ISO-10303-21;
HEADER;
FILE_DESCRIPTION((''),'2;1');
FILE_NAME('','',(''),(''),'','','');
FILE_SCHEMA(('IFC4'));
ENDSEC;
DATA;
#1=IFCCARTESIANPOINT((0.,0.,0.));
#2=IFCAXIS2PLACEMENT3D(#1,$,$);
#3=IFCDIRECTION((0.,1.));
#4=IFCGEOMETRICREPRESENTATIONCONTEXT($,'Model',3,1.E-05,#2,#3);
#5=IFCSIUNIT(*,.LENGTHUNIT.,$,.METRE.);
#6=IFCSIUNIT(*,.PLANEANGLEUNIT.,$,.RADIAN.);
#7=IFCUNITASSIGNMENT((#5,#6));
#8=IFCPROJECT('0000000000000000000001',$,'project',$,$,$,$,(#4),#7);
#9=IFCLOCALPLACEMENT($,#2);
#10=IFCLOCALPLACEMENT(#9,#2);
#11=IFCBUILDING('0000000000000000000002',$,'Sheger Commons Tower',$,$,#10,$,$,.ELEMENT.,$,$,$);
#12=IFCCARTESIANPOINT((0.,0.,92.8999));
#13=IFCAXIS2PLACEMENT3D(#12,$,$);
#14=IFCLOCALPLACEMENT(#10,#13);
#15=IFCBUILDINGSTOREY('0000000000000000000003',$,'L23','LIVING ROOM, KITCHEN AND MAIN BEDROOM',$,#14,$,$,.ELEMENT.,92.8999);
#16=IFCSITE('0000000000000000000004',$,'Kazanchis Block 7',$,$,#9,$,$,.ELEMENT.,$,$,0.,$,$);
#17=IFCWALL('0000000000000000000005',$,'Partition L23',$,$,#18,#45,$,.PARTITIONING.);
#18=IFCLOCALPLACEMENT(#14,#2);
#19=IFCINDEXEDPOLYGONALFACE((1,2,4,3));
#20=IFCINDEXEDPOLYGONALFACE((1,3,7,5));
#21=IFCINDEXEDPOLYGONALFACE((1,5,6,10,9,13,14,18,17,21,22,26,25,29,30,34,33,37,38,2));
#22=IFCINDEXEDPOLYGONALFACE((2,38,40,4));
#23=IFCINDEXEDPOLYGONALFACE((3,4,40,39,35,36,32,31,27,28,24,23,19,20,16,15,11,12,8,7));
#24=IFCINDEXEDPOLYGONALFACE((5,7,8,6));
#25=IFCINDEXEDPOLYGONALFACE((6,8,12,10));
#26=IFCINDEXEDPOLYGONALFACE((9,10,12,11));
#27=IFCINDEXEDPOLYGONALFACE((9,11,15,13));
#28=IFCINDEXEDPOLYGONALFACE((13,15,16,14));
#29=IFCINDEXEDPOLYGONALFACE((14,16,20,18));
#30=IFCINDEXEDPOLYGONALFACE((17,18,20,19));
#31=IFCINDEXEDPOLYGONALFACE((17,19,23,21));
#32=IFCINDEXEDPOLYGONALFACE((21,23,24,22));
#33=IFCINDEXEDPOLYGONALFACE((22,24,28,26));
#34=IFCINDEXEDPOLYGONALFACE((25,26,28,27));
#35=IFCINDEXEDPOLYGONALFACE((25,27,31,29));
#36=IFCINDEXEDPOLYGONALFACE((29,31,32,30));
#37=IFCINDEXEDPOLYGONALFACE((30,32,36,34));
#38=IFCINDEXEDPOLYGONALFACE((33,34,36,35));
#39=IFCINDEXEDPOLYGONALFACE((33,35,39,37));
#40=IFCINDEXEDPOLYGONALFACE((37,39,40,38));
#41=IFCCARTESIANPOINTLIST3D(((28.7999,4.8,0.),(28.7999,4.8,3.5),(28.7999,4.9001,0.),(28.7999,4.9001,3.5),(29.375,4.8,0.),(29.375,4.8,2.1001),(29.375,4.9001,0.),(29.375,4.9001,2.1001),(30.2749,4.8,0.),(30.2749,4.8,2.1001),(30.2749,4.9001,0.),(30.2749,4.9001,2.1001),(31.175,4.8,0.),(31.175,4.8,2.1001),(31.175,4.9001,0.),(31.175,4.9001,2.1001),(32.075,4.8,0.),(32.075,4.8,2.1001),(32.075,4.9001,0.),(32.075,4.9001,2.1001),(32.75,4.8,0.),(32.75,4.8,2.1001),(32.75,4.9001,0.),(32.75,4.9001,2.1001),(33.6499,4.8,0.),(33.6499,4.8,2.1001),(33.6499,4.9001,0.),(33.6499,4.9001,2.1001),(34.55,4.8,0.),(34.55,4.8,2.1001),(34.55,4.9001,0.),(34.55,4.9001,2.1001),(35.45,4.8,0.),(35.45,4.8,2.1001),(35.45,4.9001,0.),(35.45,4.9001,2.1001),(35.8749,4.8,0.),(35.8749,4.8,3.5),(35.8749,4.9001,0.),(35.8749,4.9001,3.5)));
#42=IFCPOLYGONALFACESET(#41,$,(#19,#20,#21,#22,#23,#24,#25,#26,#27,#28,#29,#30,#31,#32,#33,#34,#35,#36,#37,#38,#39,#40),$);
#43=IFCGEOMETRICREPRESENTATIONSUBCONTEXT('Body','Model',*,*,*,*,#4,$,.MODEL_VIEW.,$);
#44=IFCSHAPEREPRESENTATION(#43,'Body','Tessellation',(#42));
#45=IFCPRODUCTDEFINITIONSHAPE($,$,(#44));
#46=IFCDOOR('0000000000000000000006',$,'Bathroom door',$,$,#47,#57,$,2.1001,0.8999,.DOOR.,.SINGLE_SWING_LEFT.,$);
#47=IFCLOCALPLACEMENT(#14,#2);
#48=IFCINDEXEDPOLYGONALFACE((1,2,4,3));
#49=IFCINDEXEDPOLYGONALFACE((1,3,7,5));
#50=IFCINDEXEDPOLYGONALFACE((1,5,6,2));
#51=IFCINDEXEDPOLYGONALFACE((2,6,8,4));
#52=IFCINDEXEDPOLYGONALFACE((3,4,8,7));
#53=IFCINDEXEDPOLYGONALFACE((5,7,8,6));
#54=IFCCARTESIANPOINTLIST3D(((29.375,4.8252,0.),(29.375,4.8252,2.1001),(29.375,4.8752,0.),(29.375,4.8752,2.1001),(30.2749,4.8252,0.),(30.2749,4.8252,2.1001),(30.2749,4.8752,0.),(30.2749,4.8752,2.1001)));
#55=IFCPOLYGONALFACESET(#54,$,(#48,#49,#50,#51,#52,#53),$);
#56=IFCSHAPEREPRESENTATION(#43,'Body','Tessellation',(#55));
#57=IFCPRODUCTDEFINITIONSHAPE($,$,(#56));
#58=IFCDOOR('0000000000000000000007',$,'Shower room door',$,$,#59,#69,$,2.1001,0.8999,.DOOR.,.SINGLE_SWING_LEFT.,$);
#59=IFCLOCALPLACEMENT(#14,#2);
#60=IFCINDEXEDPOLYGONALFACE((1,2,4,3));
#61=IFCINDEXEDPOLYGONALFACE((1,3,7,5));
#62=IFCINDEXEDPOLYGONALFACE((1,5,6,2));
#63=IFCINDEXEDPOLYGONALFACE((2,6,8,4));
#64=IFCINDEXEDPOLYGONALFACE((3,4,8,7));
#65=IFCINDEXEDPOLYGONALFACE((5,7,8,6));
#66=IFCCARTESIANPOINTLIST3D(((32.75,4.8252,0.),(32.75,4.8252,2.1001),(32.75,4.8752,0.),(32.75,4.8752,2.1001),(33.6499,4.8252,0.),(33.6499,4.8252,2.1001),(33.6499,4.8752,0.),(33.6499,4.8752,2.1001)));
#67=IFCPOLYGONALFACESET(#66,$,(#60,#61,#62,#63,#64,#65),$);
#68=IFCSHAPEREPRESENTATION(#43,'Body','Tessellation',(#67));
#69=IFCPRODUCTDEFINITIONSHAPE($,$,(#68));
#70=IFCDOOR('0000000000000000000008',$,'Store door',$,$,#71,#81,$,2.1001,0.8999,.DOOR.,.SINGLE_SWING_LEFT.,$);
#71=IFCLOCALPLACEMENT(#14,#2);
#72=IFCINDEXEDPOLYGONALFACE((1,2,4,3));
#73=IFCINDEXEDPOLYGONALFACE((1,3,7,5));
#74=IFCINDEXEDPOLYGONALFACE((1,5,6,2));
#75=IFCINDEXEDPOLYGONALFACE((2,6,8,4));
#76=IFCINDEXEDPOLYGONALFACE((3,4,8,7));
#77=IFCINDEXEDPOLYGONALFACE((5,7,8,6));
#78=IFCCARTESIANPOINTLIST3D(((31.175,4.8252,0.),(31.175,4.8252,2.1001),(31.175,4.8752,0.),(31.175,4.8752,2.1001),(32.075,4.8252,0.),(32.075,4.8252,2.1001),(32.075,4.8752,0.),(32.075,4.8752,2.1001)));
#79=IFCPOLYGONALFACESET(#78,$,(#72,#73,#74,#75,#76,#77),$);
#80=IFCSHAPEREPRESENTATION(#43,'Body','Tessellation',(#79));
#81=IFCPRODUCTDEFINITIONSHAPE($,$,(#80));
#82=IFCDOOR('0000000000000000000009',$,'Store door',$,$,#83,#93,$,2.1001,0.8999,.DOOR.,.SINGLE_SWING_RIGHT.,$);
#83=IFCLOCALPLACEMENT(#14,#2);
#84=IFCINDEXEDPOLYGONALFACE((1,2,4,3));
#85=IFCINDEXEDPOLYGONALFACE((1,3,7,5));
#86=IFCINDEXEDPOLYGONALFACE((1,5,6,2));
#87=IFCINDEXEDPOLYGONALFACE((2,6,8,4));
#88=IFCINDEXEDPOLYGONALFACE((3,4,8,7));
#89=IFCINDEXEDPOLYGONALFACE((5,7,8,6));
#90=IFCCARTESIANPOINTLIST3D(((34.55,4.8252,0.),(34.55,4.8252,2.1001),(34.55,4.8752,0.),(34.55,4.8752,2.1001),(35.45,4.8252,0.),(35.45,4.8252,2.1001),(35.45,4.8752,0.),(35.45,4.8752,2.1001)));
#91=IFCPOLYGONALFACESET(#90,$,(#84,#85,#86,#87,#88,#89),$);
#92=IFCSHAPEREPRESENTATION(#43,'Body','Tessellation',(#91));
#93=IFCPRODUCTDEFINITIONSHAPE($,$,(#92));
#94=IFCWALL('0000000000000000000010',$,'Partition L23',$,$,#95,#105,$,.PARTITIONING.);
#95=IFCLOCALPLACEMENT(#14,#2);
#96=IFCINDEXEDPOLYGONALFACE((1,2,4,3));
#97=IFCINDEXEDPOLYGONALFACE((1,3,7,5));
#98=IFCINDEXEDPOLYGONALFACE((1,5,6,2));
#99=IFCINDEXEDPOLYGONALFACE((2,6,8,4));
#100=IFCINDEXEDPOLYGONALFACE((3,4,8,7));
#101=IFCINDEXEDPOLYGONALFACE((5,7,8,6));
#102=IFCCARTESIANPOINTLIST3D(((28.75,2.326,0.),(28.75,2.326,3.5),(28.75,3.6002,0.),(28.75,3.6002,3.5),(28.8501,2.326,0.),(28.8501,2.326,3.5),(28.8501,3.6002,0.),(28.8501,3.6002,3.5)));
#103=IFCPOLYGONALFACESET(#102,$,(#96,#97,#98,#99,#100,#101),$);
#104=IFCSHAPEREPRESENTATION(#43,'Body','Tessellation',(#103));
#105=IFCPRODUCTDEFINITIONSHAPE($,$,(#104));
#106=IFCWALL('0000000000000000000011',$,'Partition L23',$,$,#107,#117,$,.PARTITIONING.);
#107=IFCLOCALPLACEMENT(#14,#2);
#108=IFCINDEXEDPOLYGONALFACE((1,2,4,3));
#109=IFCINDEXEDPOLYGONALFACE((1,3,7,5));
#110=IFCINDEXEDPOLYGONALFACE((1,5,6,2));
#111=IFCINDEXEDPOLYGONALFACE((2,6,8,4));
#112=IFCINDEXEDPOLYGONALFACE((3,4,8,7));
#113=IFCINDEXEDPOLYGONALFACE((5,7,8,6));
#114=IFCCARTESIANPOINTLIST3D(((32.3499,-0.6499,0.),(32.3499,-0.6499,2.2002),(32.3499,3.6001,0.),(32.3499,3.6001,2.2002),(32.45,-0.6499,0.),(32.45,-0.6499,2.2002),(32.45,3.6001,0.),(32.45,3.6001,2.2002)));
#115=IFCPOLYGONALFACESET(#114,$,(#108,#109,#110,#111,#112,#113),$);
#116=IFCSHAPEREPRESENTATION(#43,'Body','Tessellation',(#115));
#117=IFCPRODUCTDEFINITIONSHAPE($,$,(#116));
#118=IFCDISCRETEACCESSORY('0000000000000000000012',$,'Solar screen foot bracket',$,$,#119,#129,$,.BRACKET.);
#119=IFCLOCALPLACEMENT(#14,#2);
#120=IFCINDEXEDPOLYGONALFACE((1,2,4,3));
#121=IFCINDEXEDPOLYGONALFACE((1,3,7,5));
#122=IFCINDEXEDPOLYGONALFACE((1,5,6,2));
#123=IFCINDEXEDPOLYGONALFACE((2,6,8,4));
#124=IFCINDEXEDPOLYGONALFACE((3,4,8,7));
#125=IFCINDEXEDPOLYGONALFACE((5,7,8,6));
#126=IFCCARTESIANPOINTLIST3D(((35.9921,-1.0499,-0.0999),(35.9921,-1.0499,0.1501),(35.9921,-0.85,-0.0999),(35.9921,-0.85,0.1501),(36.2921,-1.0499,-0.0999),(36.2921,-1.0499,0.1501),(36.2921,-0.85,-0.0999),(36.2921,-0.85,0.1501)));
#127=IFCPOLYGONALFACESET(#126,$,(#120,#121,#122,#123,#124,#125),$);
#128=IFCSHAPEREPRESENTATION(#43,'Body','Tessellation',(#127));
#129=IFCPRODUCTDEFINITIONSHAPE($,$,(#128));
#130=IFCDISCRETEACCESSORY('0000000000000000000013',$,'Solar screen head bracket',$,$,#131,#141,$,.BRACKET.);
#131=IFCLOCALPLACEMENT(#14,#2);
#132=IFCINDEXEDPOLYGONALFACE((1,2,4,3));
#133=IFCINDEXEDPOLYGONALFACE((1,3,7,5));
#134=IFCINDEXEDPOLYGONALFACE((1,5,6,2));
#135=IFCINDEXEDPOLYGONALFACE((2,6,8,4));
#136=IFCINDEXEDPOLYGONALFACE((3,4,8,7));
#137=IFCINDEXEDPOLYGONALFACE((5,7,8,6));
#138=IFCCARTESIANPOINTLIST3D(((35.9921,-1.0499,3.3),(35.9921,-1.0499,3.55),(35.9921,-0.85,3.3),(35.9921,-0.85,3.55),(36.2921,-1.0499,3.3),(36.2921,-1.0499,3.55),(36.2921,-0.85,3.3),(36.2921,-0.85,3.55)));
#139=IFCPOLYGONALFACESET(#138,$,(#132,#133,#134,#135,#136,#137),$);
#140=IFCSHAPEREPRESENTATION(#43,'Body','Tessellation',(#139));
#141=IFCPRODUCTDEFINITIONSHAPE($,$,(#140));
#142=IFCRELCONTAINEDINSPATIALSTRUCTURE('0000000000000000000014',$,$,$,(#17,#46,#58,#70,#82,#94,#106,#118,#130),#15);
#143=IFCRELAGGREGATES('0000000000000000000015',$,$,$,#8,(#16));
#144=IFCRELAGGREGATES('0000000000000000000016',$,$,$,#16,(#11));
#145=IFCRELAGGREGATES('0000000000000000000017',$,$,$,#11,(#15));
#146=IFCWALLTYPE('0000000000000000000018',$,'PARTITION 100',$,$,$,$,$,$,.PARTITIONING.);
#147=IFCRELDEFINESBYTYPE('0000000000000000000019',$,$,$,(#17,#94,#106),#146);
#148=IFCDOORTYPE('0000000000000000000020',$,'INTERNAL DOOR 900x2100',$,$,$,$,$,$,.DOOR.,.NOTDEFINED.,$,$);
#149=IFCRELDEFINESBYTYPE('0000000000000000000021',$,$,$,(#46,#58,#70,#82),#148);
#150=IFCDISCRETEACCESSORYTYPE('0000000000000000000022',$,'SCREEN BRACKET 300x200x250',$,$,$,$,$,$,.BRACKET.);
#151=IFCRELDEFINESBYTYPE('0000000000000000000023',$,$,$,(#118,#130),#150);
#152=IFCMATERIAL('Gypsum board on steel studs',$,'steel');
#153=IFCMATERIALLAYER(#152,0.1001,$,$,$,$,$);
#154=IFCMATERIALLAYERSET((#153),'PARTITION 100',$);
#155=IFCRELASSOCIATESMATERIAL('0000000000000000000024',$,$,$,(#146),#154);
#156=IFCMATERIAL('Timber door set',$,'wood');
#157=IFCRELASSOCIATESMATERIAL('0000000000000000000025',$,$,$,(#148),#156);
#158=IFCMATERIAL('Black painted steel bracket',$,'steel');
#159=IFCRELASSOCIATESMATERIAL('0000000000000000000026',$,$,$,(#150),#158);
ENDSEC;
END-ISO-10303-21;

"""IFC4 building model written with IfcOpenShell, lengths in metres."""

from ifc_helpers import new_model, si_unit, direction, frame, frame_2d, origin, origin_2d, place, context, subcontext, project, spatial, rectangle, extrude, material, layer, layer_set, type_object, element, fill, save


model = new_model("IFC4")

# Units and contexts
model_context = context("Model", 3, precision=1e-05, world=origin(), true_north=direction((0.0, 1.0)))
body_context = subcontext(model_context, "Body", "Model", "MODEL_VIEW")
ifc_project = project(units=[si_unit("LENGTHUNIT", "METRE"), si_unit("PLANEANGLEUNIT", "RADIAN")], contexts=[model_context])

# Site, building, storey
site_placement = place(None, origin())
site = spatial("IfcSite", under=ifc_project, at=site_placement, Name="Kazanchis Block 7", CompositionType="ELEMENT", RefElevation=0.0)
building_placement = place(site_placement, origin())
building = spatial("IfcBuilding", under=site, at=building_placement, Name="Sheger Commons Tower", CompositionType="ELEMENT")
storey_placement = place(building_placement, frame((0.0, 0.0, 92.8999)))
storey = spatial("IfcBuildingStorey", under=building, at=storey_placement, Name="L23", Description="LIVING ROOM, KITCHEN AND MAIN BEDROOM", CompositionType="ELEMENT", Elevation=92.8999)

# Wall, openings, doors
ifc_material_1 = material(Name="Gypsum board on steel studs", Category="steel")
ifc_layer_1 = layer(ifc_material_1, 0.1001)
ifc_layer_set_1 = layer_set([ifc_layer_1], Name="PARTITION 100")
wall_type_1 = type_object("IfcWallType", Name="PARTITION 100", PredefinedType="PARTITIONING", material=ifc_layer_set_1)
ifc_material_2 = material(Name="Timber door set", Category="wood")
door_type = type_object("IfcDoorType", Name="INTERNAL DOOR 900x2100", OperationType="NOTDEFINED", PredefinedType="DOOR", material=ifc_material_2)
wall_1_placement = place(storey_placement, frame((35.875, 4.8501, 0.0), z_axis=(0.0, 0.0, 1.0), x_axis=(-1.0, 0.0, 0.0)))
wall_1 = element("IfcWall", 1, at=wall_1_placement, inside=storey, type_object=wall_type_1, Name="Partition L23", PredefinedType="PARTITIONING", context=body_context, shape_type="SweptSolid", body=[
    extrude(rectangle(XDim=7.075, YDim=0.1001, at=frame_2d((3.5376, 0.0))), origin(), (0.0, 0.0, 1.0), 3.5),
])
opening_1_placement = place(wall_1_placement, frame((5.6001, 0.0, 0.0)))
opening_1 = element("IfcOpeningElement", 2, at=opening_1_placement, cuts=wall_1, PredefinedType="OPENING", context=body_context, shape_type="SweptSolid", body=[
    extrude(rectangle(XDim=0.8999, YDim=2.1001, at=frame_2d((0.45, 1.05))), frame((0.0, 0.0601, 0.0), z_axis=(0.0, -1.0, 0.0), x_axis=(1.0, 0.0, 0.0)), (0.0, 0.0, 1.0), 0.1201),
])
opening_2_placement = place(wall_1_placement, frame((2.2251, 0.0, 0.0)))
opening_2 = element("IfcOpeningElement", 3, at=opening_2_placement, cuts=wall_1, PredefinedType="OPENING", context=body_context, shape_type="SweptSolid", body=[
    extrude(rectangle(XDim=0.8999, YDim=2.1001, at=frame_2d((0.45, 1.05))), frame((0.0, 0.0601, 0.0), z_axis=(0.0, -1.0, 0.0), x_axis=(1.0, 0.0, 0.0)), (0.0, 0.0, 1.0), 0.1201),
])
opening_3_placement = place(wall_1_placement, frame((3.8, 0.0, 0.0)))
opening_3 = element("IfcOpeningElement", 4, at=opening_3_placement, cuts=wall_1, PredefinedType="OPENING", context=body_context, shape_type="SweptSolid", body=[
    extrude(rectangle(XDim=0.8999, YDim=2.1001, at=frame_2d((0.45, 1.05))), frame((0.0, 0.0601, 0.0), z_axis=(0.0, -1.0, 0.0), x_axis=(1.0, 0.0, 0.0)), (0.0, 0.0, 1.0), 0.1201),
])
opening_4_placement = place(wall_1_placement, frame((0.425, 0.0, 0.0)))
opening_4 = element("IfcOpeningElement", 5, at=opening_4_placement, cuts=wall_1, PredefinedType="OPENING", context=body_context, shape_type="SweptSolid", body=[
    extrude(rectangle(XDim=0.8999, YDim=2.1001, at=frame_2d((0.45, 1.05))), frame((0.0, 0.0601, 0.0), z_axis=(0.0, -1.0, 0.0), x_axis=(1.0, 0.0, 0.0)), (0.0, 0.0, 1.0), 0.1201),
])
door_1_placement = place(opening_1_placement, origin())
door_1 = element("IfcDoor", 6, at=door_1_placement, inside=storey, type_object=door_type, Name="Bathroom door", OperationType="SINGLE_SWING_LEFT", OverallHeight=2.1001, OverallWidth=0.8999, PredefinedType="DOOR", context=body_context, shape_type="SweptSolid", body=[
    extrude(rectangle(XDim=0.8999, YDim=2.1001, at=frame_2d((0.45, 1.05))), frame((0.0, 0.0249, 0.0), z_axis=(0.0, -1.0, 0.0), x_axis=(1.0, 0.0, 0.0)), (0.0, 0.0, 1.0), 0.05),
])
fill(opening_1, door_1)
door_2_placement = place(opening_2_placement, origin())
door_2 = element("IfcDoor", 7, at=door_2_placement, inside=storey, type_object=door_type, Name="Shower room door", OperationType="SINGLE_SWING_LEFT", OverallHeight=2.1001, OverallWidth=0.8999, PredefinedType="DOOR", context=body_context, shape_type="SweptSolid", body=[
    extrude(rectangle(XDim=0.8999, YDim=2.1001, at=frame_2d((0.45, 1.05))), frame((0.0, 0.0249, 0.0), z_axis=(0.0, -1.0, 0.0), x_axis=(1.0, 0.0, 0.0)), (0.0, 0.0, 1.0), 0.05),
])
fill(opening_2, door_2)
door_3_placement = place(opening_3_placement, origin())
door_3 = element("IfcDoor", 8, at=door_3_placement, inside=storey, type_object=door_type, Name="Store door", OperationType="SINGLE_SWING_LEFT", OverallHeight=2.1001, OverallWidth=0.8999, PredefinedType="DOOR", context=body_context, shape_type="SweptSolid", body=[
    extrude(rectangle(XDim=0.8999, YDim=2.1001, at=frame_2d((0.45, 1.05))), frame((0.0, 0.0249, 0.0), z_axis=(0.0, -1.0, 0.0), x_axis=(1.0, 0.0, 0.0)), (0.0, 0.0, 1.0), 0.05),
])
fill(opening_3, door_3)
door_4_placement = place(opening_4_placement, origin())
door_4 = element("IfcDoor", 9, at=door_4_placement, inside=storey, type_object=door_type, Name="Store door", OperationType="SINGLE_SWING_RIGHT", OverallHeight=2.1001, OverallWidth=0.8999, PredefinedType="DOOR", context=body_context, shape_type="SweptSolid", body=[
    extrude(rectangle(XDim=0.8999, YDim=2.1001, at=frame_2d((0.45, 1.05))), frame((0.0, 0.0249, 0.0), z_axis=(0.0, -1.0, 0.0), x_axis=(1.0, 0.0, 0.0)), (0.0, 0.0, 1.0), 0.05),
])
fill(opening_4, door_4)

# Walls
wall_2_placement = place(storey_placement, frame((28.8, 2.3259, 0.0), z_axis=(0.0, 0.0, 1.0), x_axis=(0.0, 1.0, 0.0)))
element("IfcWall", 10, at=wall_2_placement, inside=storey, type_object=wall_type_1, Name="Partition L23", PredefinedType="PARTITIONING", context=body_context, shape_type="SweptSolid", body=[
    extrude(rectangle(XDim=1.2742, YDim=0.1001, at=frame_2d((0.6372, 0.0))), origin(), (0.0, 0.0, 1.0), 3.5),
])
wall_3_placement = place(storey_placement, frame((32.3999, -0.6499, 0.0), z_axis=(0.0, 0.0, 1.0), x_axis=(0.0, 1.0, 0.0)))
element("IfcWall", 11, at=wall_3_placement, inside=storey, type_object=wall_type_1, Name="Partition L23", PredefinedType="PARTITIONING", context=body_context, shape_type="SweptSolid", body=[
    extrude(rectangle(XDim=4.25, YDim=0.1001, at=frame_2d((2.125, 0.0))), origin(), (0.0, 0.0, 1.0), 2.2002),
])

# Discrete accessories
ifc_material_3 = material(Name="Black painted steel bracket", Category="steel")
discrete_accessory_type = type_object("IfcDiscreteAccessoryType", Name="SCREEN BRACKET 300x200x250", PredefinedType="BRACKET", material=ifc_material_3)
for number, where, z_axis, x_axis, name in (
    (12, (36.1421, -0.95, -0.0999), (0.0, 0.0, 1.0), (1.0, 0.0, 0.0), "Solar screen foot bracket"),
    (13, (36.1421, -0.95, 3.3), (0.0, 0.0, 1.0), (1.0, 0.0, 0.0), "Solar screen head bracket"),
):
    element("IfcDiscreteAccessory", number, at=place(storey_placement, frame(where, z_axis=z_axis, x_axis=x_axis)), inside=storey, type_object=discrete_accessory_type, Name=name, PredefinedType="BRACKET", context=body_context, shape_type="SweptSolid", body=[
        extrude(rectangle(XDim=0.3, YDim=0.2, at=origin_2d()), origin(), (0.0, 0.0, 1.0), 0.25),
    ])

save(model, "model.ifc")
